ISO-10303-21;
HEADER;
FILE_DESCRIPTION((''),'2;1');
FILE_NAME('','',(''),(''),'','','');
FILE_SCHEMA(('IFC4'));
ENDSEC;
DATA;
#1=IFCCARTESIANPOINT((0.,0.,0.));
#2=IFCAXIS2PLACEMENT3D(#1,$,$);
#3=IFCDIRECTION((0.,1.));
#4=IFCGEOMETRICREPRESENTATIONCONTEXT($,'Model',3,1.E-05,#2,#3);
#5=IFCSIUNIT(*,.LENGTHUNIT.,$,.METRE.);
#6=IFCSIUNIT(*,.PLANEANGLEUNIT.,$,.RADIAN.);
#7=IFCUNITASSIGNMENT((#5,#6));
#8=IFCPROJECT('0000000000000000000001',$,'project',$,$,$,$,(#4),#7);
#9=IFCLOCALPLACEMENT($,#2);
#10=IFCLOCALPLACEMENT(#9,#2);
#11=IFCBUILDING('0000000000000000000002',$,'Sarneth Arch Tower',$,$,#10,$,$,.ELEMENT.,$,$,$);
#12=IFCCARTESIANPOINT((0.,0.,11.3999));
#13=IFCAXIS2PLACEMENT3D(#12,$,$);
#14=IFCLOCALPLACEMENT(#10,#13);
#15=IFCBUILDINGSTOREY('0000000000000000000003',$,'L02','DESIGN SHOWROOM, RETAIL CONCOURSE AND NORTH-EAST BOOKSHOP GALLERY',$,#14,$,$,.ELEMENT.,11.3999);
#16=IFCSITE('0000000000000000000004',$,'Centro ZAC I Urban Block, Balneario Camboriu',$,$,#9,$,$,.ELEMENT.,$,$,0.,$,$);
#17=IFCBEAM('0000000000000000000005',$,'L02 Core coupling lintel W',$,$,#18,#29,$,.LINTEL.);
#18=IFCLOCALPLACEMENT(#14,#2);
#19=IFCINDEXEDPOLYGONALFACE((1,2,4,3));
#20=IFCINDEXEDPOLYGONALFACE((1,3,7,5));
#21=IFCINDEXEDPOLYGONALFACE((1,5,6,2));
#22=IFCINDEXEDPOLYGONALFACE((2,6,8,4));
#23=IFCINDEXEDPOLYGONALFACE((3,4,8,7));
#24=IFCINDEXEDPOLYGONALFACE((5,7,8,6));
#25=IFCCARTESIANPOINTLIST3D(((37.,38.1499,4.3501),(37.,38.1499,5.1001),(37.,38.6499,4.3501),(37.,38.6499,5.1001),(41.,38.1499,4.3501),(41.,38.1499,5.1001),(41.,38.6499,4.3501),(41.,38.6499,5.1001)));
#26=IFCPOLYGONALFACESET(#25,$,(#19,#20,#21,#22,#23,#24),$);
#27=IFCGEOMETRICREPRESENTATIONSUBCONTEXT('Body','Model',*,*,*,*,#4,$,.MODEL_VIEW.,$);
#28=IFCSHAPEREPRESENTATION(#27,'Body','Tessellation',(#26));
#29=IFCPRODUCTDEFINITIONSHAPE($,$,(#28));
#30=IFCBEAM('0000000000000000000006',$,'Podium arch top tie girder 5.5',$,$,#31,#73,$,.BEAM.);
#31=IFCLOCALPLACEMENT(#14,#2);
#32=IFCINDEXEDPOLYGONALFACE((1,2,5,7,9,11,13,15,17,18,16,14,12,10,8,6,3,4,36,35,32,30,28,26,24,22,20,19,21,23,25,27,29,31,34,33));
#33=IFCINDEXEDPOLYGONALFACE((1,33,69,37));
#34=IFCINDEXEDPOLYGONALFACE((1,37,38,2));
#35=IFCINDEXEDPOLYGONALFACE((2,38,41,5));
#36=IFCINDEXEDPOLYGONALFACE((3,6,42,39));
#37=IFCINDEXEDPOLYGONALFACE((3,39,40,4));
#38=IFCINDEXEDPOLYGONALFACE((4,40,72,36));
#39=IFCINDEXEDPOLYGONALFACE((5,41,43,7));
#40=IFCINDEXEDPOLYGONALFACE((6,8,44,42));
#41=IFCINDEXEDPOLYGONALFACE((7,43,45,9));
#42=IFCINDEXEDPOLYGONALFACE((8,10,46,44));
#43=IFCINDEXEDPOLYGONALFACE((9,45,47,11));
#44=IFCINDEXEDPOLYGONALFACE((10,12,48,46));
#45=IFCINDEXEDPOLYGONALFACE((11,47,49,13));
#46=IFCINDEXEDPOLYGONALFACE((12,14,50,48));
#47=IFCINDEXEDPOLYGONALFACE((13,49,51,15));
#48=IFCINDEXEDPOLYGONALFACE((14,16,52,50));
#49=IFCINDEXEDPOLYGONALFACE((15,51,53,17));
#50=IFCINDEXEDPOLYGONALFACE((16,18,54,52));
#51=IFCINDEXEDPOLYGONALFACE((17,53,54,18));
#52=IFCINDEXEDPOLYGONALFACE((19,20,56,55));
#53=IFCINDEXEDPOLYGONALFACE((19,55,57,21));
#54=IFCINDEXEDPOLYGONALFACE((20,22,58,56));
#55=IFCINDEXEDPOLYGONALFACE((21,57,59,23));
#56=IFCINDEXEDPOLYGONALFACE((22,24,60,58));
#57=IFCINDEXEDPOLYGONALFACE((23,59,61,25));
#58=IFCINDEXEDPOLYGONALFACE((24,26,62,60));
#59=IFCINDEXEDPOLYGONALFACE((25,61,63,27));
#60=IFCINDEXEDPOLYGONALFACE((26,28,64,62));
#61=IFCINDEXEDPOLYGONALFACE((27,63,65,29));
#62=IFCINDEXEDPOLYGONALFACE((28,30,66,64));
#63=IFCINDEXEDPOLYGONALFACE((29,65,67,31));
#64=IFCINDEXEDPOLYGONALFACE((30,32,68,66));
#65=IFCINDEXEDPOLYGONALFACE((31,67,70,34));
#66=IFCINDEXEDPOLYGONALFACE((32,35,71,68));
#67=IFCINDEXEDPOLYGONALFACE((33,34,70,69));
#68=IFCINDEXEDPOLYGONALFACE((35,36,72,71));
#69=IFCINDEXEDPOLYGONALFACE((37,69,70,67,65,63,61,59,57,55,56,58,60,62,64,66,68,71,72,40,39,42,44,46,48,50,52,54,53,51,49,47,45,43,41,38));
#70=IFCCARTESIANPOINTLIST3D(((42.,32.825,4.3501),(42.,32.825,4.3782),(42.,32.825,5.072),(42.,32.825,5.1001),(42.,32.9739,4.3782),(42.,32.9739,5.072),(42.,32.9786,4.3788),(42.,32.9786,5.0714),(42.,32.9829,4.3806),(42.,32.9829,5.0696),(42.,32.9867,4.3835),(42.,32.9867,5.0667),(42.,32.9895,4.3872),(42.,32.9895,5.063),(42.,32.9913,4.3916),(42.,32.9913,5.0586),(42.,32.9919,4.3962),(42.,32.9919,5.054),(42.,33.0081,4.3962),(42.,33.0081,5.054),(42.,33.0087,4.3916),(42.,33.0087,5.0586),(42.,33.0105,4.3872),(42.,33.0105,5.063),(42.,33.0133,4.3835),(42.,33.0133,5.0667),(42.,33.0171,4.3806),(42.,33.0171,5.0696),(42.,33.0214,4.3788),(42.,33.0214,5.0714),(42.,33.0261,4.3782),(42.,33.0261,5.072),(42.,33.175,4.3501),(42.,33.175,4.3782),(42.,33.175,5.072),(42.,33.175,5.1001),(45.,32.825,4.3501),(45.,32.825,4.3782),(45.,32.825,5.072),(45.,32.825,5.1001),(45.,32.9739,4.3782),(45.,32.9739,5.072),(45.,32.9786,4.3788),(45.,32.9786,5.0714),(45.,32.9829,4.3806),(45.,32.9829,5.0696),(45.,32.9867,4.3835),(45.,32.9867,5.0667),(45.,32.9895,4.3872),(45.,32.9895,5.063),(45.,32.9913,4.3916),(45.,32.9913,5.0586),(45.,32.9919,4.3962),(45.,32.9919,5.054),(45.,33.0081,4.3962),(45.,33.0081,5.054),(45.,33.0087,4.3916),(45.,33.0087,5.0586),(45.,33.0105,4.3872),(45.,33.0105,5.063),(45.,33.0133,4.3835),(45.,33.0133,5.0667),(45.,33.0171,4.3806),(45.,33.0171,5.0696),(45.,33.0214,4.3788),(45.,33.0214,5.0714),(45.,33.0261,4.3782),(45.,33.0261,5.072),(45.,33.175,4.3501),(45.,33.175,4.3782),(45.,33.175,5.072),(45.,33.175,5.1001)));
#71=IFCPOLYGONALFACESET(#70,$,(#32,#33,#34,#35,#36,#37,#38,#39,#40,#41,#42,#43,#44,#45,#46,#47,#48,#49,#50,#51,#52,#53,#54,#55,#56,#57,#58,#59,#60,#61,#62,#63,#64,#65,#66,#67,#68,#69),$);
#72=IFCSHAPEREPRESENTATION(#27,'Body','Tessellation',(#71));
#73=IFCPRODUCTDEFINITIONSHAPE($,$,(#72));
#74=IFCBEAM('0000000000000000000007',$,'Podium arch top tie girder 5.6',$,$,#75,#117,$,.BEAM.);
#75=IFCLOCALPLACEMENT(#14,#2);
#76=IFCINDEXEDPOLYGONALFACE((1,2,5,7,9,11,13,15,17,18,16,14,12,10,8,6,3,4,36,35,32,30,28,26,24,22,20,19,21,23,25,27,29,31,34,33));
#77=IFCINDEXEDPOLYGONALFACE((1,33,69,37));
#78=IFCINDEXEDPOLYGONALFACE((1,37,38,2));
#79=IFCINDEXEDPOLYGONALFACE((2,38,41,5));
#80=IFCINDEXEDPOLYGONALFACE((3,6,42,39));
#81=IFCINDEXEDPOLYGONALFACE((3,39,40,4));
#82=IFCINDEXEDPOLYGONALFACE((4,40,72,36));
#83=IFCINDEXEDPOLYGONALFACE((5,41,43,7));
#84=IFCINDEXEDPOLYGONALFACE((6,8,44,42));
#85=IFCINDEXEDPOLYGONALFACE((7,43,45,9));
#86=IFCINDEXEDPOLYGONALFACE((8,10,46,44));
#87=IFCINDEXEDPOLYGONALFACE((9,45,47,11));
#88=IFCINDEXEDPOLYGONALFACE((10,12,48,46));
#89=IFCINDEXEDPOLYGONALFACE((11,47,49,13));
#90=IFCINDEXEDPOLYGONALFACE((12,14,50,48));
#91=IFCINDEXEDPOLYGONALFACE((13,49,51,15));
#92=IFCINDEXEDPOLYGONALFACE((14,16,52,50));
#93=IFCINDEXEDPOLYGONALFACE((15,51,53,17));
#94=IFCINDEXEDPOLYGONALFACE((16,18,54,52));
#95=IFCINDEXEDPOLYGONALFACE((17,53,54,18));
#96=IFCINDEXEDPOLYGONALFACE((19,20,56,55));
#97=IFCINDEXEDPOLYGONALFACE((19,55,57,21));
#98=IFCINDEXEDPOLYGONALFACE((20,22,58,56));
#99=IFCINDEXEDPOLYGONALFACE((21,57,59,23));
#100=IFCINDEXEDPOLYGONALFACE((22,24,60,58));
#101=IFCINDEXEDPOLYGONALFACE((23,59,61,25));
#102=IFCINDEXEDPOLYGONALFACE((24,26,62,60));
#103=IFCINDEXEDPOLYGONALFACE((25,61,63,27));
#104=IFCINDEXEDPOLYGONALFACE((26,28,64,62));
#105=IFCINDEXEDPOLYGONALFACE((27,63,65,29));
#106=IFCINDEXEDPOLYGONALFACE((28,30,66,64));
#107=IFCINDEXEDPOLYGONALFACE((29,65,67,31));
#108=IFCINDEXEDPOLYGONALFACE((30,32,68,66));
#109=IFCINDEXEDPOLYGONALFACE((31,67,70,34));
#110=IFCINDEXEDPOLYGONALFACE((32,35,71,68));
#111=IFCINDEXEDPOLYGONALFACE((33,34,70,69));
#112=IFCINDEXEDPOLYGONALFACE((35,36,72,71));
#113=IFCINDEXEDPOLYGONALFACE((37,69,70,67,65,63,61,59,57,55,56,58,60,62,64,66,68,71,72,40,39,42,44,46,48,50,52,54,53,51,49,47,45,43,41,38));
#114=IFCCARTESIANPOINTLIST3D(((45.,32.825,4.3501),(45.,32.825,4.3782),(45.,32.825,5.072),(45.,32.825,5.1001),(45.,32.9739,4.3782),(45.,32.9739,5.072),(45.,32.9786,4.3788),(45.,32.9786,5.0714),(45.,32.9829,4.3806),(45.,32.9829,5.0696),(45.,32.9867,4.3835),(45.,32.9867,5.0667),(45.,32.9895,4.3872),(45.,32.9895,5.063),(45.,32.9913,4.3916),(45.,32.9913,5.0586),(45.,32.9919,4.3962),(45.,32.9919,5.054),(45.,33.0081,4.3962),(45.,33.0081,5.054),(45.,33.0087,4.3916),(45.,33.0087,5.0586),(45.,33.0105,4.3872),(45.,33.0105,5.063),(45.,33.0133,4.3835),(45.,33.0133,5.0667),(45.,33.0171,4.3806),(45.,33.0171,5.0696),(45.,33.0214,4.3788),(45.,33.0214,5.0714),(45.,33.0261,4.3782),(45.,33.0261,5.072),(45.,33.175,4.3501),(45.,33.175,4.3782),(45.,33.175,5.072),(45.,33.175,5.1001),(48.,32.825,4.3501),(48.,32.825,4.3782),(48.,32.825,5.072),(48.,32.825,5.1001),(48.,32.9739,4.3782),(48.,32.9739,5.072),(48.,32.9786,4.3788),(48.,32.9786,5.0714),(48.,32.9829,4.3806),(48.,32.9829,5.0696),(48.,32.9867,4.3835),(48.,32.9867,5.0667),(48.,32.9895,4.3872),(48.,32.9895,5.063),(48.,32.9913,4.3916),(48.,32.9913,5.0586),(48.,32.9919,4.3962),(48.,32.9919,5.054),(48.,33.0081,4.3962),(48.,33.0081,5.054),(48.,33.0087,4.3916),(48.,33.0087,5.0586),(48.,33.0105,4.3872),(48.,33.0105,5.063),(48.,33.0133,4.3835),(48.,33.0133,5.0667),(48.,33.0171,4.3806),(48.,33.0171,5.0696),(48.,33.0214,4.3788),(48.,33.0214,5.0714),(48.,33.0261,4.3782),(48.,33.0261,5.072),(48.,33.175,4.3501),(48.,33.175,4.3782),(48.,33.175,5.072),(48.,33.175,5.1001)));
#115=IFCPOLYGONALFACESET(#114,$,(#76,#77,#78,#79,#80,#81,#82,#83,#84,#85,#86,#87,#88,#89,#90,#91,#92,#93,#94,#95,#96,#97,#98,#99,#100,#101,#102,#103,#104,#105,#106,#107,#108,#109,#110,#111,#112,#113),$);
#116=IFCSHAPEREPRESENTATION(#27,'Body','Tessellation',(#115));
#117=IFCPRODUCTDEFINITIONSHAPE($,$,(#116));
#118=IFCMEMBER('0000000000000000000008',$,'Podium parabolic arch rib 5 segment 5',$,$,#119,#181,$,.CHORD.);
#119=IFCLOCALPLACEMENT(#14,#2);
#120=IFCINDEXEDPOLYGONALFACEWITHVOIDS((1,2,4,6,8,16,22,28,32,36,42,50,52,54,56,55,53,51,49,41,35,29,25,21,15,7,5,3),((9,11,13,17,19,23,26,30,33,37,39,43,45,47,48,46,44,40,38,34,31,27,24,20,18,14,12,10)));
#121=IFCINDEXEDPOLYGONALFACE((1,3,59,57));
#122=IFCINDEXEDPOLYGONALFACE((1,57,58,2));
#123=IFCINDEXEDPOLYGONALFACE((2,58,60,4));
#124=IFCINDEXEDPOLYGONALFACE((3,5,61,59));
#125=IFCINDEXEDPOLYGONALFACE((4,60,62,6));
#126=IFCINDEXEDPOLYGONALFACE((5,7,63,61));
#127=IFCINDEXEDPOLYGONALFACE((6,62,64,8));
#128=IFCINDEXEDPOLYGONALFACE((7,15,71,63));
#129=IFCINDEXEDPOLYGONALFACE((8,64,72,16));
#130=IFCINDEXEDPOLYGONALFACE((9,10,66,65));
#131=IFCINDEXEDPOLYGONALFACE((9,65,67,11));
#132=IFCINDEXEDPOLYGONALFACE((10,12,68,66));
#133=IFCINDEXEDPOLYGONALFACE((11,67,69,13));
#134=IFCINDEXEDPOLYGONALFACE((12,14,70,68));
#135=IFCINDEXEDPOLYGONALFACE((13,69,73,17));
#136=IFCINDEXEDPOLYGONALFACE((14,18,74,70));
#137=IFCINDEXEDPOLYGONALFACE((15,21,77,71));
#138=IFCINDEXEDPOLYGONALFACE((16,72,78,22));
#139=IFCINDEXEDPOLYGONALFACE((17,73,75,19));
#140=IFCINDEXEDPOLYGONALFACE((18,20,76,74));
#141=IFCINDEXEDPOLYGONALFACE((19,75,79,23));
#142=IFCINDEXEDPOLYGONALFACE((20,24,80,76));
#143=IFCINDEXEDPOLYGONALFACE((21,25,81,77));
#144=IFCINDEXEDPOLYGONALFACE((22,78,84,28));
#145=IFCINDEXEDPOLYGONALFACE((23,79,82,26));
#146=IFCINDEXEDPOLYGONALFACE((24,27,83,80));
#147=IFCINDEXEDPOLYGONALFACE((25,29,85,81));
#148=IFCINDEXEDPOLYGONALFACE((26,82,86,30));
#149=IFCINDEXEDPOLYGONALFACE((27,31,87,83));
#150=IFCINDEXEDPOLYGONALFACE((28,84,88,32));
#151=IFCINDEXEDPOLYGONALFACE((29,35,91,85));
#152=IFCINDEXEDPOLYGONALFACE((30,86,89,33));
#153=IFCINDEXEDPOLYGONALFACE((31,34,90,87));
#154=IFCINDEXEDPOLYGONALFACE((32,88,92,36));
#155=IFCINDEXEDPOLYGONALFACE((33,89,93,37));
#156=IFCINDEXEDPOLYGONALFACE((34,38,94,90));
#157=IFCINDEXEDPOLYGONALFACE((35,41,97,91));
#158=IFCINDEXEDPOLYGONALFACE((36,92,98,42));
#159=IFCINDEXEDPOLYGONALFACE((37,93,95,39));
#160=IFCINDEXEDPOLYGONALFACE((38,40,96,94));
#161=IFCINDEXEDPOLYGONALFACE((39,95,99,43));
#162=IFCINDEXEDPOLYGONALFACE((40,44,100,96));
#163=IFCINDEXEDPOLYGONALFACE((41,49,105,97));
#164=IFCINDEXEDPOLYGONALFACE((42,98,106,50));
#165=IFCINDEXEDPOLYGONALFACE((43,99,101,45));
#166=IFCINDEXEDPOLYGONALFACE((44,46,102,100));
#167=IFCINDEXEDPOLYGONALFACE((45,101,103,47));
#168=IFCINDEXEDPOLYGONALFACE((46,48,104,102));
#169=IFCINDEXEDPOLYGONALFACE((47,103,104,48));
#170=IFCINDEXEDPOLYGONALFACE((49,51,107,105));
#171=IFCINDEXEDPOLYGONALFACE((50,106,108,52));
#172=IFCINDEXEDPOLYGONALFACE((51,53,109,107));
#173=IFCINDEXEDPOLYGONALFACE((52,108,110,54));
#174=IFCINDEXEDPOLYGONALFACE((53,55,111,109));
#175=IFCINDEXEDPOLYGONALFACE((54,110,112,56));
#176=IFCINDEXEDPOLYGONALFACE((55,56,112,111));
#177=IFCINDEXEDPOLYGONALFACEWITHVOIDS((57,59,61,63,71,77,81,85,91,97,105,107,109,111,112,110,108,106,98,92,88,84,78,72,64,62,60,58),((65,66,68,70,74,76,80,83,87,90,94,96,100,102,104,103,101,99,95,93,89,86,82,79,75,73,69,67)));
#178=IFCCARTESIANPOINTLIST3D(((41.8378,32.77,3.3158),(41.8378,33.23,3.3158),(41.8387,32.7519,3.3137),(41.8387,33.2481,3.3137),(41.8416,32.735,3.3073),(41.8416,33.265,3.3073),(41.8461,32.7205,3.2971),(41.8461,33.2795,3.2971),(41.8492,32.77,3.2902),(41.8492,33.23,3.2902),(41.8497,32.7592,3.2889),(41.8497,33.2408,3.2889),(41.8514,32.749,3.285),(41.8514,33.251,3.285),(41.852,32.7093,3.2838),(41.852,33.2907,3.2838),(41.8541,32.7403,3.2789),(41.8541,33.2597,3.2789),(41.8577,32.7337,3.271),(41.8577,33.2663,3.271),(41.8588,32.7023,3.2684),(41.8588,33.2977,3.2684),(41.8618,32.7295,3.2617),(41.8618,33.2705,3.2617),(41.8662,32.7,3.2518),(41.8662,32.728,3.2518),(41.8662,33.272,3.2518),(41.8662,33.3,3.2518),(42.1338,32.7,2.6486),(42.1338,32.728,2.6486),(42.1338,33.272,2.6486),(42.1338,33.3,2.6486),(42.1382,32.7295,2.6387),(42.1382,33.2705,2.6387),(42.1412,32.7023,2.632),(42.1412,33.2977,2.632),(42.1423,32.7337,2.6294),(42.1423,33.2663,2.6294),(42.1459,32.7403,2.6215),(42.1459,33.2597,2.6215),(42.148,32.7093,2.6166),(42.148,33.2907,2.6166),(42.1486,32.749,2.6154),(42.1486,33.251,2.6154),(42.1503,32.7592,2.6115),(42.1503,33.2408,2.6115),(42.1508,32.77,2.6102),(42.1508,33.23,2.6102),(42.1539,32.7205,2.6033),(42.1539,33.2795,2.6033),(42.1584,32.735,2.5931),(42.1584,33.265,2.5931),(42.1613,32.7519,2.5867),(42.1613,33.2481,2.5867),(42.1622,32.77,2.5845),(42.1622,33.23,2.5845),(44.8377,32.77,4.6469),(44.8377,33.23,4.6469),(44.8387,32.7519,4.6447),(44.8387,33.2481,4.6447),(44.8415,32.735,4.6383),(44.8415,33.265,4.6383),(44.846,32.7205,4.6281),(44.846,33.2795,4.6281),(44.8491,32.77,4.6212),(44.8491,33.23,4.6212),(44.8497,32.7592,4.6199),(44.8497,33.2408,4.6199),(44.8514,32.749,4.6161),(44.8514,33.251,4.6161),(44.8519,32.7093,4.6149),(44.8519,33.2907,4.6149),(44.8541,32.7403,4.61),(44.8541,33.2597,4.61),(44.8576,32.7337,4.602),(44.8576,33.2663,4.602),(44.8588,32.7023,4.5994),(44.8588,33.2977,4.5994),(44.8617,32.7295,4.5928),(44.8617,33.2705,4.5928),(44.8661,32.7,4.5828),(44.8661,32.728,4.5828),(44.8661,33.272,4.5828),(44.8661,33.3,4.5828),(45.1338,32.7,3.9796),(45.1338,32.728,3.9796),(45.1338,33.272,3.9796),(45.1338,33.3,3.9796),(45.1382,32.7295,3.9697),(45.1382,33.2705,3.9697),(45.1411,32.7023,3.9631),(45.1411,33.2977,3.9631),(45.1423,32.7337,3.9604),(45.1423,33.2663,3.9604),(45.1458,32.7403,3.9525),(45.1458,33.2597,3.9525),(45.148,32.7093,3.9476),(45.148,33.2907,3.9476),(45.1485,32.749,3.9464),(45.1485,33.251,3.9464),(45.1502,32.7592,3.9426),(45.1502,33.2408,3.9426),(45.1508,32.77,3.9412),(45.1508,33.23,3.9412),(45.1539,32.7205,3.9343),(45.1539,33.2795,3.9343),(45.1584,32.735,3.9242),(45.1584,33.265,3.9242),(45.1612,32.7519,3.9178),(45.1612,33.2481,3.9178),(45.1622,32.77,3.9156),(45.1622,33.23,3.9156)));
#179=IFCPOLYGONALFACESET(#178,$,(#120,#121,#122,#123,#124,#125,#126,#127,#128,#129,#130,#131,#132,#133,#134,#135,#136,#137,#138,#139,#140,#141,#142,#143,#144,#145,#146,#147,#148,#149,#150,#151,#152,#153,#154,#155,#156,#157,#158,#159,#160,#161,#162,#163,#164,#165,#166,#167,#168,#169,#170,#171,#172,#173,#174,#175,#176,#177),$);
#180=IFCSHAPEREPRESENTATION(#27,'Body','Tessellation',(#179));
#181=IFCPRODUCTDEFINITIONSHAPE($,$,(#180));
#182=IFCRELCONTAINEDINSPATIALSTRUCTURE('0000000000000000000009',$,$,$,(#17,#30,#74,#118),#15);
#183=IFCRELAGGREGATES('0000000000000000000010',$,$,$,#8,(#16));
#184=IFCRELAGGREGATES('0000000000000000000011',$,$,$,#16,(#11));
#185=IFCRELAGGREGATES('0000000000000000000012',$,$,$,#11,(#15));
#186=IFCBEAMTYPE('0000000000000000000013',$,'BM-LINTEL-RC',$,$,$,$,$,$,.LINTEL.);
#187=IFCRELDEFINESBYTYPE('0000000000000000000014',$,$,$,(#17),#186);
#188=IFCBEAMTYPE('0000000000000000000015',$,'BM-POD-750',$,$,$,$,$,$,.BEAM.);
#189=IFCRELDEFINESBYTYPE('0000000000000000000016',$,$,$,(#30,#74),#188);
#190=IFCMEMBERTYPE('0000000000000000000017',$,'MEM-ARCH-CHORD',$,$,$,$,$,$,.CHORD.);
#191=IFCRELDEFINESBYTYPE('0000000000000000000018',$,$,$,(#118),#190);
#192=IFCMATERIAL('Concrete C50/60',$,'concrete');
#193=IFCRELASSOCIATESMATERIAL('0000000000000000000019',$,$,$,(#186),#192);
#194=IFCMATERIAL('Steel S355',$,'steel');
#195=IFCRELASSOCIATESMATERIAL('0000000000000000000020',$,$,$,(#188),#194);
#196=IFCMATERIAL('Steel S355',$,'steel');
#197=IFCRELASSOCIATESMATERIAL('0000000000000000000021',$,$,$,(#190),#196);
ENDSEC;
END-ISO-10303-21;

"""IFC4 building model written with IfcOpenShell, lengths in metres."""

from ifc_helpers import new_model, si_unit, direction, frame, origin, origin_2d, place, context, subcontext, project, spatial, rectangle, hollow_rectangle, i_section, extrude, material, material_profile, profile_set, type_object, element, save


model = new_model("IFC4")

# Units and contexts
model_context = context("Model", 3, precision=1e-05, world=origin(), true_north=direction((0.0, 1.0)))
body_context = subcontext(model_context, "Body", "Model", "MODEL_VIEW")
ifc_project = project(units=[si_unit("LENGTHUNIT", "METRE"), si_unit("PLANEANGLEUNIT", "RADIAN")], contexts=[model_context])

# Site, building, storey
site_placement = place(None, origin())
site = spatial("IfcSite", under=ifc_project, at=site_placement, Name="Centro ZAC I Urban Block, Balneario Camboriu", CompositionType="ELEMENT", RefElevation=0.0)
building_placement = place(site_placement, origin())
building = spatial("IfcBuilding", under=site, at=building_placement, Name="Sarneth Arch Tower", CompositionType="ELEMENT")
storey_placement = place(building_placement, frame((0.0, 0.0, 11.3999)))
storey = spatial("IfcBuildingStorey", under=building, at=storey_placement, Name="L02", Description="DESIGN SHOWROOM, RETAIL CONCOURSE AND NORTH-EAST BOOKSHOP GALLERY", CompositionType="ELEMENT", Elevation=11.3999)

# Beams
ifc_material_1 = material(Name="Concrete C50/60", Category="concrete")
ifc_material_profile_1 = material_profile(ifc_material_1, rectangle(XDim=0.5, YDim=0.75, at=origin_2d()), Name="RC-500x750")
ifc_profile_set_1 = profile_set([ifc_material_profile_1], Name="Concrete C50/60")
beam_type_1 = type_object("IfcBeamType", Name="BM-LINTEL-RC", PredefinedType="LINTEL", material=ifc_profile_set_1)
beam_placement = place(storey_placement, frame((37.0, 38.3999, 4.7251), z_axis=(1.0, 0.0, 0.0), x_axis=(0.0, 1.0, 0.0)))
element("IfcBeam", 1, at=beam_placement, inside=storey, type_object=beam_type_1, Name="L02 Core coupling lintel W", PredefinedType="LINTEL", context=body_context, shape_type="SweptSolid", body=[
    extrude(rectangle(XDim=0.5, YDim=0.75, at=origin_2d()), origin(), (0.0, 0.0, 1.0), 4.0),
])
ifc_material_2 = material(Name="Steel S355", Category="steel")
ifc_material_profile_2 = material_profile(ifc_material_2, i_section(OverallWidth=0.3501, OverallDepth=0.75, WebThickness=0.0161, FlangeThickness=0.0281, FilletRadius=0.0181, at=origin_2d()), Name="CVS750x268")
ifc_profile_set_2 = profile_set([ifc_material_profile_2], Name="Steel S355")
beam_type_2 = type_object("IfcBeamType", Name="BM-POD-750", PredefinedType="BEAM", material=ifc_profile_set_2)
for number, where, z_axis, x_axis, name in (
    (2, (42.0, 33.0, 4.7251), (1.0, 0.0, 0.0), (0.0, 1.0, 0.0), "Podium arch top tie girder 5.5"),
    (3, (45.0, 33.0, 4.7251), (1.0, 0.0, 0.0), (0.0, 1.0, 0.0), "Podium arch top tie girder 5.6"),
):
    element("IfcBeam", number, at=place(storey_placement, frame(where, z_axis=z_axis, x_axis=x_axis)), inside=storey, type_object=beam_type_2, Name=name, PredefinedType="BEAM", context=body_context, shape_type="SweptSolid", body=[
        extrude(i_section(OverallWidth=0.3501, OverallDepth=0.75, WebThickness=0.0161, FlangeThickness=0.0281, FilletRadius=0.0181, at=origin_2d()), origin(), (0.0, 0.0, 1.0), 3.0),
    ])

# Member
ifc_material_3 = material(Name="Steel S355", Category="steel")
ifc_material_profile_3 = material_profile(ifc_material_3, hollow_rectangle(XDim=0.6001, YDim=0.8, WallThickness=0.0281, InnerFilletRadius=0.042, OuterFilletRadius=0.0701, at=origin_2d()), Name="RHS800x600x28")
ifc_profile_set_3 = profile_set([ifc_material_profile_3], Name="Steel S355")
member_type_1 = type_object("IfcMemberType", Name="MEM-ARCH-CHORD", PredefinedType="CHORD", material=ifc_profile_set_3)
member_1_placement = place(storey_placement, frame((42.0, 33.0, 2.9502), z_axis=(0.914069, 0.0, 0.405559), x_axis=(0.0, 1.0, 0.0)))
element("IfcMember", 4, at=member_1_placement, inside=storey, type_object=member_type_1, Name="Podium parabolic arch rib 5 segment 5", PredefinedType="CHORD", context=body_context, shape_type="SweptSolid", body=[
    extrude(hollow_rectangle(XDim=0.6001, YDim=0.8, WallThickness=0.0281, InnerFilletRadius=0.042, OuterFilletRadius=0.0701, at=origin_2d()), origin(), (0.0, 0.0, 1.0), 3.282),
])

save(model, "model.ifc")
